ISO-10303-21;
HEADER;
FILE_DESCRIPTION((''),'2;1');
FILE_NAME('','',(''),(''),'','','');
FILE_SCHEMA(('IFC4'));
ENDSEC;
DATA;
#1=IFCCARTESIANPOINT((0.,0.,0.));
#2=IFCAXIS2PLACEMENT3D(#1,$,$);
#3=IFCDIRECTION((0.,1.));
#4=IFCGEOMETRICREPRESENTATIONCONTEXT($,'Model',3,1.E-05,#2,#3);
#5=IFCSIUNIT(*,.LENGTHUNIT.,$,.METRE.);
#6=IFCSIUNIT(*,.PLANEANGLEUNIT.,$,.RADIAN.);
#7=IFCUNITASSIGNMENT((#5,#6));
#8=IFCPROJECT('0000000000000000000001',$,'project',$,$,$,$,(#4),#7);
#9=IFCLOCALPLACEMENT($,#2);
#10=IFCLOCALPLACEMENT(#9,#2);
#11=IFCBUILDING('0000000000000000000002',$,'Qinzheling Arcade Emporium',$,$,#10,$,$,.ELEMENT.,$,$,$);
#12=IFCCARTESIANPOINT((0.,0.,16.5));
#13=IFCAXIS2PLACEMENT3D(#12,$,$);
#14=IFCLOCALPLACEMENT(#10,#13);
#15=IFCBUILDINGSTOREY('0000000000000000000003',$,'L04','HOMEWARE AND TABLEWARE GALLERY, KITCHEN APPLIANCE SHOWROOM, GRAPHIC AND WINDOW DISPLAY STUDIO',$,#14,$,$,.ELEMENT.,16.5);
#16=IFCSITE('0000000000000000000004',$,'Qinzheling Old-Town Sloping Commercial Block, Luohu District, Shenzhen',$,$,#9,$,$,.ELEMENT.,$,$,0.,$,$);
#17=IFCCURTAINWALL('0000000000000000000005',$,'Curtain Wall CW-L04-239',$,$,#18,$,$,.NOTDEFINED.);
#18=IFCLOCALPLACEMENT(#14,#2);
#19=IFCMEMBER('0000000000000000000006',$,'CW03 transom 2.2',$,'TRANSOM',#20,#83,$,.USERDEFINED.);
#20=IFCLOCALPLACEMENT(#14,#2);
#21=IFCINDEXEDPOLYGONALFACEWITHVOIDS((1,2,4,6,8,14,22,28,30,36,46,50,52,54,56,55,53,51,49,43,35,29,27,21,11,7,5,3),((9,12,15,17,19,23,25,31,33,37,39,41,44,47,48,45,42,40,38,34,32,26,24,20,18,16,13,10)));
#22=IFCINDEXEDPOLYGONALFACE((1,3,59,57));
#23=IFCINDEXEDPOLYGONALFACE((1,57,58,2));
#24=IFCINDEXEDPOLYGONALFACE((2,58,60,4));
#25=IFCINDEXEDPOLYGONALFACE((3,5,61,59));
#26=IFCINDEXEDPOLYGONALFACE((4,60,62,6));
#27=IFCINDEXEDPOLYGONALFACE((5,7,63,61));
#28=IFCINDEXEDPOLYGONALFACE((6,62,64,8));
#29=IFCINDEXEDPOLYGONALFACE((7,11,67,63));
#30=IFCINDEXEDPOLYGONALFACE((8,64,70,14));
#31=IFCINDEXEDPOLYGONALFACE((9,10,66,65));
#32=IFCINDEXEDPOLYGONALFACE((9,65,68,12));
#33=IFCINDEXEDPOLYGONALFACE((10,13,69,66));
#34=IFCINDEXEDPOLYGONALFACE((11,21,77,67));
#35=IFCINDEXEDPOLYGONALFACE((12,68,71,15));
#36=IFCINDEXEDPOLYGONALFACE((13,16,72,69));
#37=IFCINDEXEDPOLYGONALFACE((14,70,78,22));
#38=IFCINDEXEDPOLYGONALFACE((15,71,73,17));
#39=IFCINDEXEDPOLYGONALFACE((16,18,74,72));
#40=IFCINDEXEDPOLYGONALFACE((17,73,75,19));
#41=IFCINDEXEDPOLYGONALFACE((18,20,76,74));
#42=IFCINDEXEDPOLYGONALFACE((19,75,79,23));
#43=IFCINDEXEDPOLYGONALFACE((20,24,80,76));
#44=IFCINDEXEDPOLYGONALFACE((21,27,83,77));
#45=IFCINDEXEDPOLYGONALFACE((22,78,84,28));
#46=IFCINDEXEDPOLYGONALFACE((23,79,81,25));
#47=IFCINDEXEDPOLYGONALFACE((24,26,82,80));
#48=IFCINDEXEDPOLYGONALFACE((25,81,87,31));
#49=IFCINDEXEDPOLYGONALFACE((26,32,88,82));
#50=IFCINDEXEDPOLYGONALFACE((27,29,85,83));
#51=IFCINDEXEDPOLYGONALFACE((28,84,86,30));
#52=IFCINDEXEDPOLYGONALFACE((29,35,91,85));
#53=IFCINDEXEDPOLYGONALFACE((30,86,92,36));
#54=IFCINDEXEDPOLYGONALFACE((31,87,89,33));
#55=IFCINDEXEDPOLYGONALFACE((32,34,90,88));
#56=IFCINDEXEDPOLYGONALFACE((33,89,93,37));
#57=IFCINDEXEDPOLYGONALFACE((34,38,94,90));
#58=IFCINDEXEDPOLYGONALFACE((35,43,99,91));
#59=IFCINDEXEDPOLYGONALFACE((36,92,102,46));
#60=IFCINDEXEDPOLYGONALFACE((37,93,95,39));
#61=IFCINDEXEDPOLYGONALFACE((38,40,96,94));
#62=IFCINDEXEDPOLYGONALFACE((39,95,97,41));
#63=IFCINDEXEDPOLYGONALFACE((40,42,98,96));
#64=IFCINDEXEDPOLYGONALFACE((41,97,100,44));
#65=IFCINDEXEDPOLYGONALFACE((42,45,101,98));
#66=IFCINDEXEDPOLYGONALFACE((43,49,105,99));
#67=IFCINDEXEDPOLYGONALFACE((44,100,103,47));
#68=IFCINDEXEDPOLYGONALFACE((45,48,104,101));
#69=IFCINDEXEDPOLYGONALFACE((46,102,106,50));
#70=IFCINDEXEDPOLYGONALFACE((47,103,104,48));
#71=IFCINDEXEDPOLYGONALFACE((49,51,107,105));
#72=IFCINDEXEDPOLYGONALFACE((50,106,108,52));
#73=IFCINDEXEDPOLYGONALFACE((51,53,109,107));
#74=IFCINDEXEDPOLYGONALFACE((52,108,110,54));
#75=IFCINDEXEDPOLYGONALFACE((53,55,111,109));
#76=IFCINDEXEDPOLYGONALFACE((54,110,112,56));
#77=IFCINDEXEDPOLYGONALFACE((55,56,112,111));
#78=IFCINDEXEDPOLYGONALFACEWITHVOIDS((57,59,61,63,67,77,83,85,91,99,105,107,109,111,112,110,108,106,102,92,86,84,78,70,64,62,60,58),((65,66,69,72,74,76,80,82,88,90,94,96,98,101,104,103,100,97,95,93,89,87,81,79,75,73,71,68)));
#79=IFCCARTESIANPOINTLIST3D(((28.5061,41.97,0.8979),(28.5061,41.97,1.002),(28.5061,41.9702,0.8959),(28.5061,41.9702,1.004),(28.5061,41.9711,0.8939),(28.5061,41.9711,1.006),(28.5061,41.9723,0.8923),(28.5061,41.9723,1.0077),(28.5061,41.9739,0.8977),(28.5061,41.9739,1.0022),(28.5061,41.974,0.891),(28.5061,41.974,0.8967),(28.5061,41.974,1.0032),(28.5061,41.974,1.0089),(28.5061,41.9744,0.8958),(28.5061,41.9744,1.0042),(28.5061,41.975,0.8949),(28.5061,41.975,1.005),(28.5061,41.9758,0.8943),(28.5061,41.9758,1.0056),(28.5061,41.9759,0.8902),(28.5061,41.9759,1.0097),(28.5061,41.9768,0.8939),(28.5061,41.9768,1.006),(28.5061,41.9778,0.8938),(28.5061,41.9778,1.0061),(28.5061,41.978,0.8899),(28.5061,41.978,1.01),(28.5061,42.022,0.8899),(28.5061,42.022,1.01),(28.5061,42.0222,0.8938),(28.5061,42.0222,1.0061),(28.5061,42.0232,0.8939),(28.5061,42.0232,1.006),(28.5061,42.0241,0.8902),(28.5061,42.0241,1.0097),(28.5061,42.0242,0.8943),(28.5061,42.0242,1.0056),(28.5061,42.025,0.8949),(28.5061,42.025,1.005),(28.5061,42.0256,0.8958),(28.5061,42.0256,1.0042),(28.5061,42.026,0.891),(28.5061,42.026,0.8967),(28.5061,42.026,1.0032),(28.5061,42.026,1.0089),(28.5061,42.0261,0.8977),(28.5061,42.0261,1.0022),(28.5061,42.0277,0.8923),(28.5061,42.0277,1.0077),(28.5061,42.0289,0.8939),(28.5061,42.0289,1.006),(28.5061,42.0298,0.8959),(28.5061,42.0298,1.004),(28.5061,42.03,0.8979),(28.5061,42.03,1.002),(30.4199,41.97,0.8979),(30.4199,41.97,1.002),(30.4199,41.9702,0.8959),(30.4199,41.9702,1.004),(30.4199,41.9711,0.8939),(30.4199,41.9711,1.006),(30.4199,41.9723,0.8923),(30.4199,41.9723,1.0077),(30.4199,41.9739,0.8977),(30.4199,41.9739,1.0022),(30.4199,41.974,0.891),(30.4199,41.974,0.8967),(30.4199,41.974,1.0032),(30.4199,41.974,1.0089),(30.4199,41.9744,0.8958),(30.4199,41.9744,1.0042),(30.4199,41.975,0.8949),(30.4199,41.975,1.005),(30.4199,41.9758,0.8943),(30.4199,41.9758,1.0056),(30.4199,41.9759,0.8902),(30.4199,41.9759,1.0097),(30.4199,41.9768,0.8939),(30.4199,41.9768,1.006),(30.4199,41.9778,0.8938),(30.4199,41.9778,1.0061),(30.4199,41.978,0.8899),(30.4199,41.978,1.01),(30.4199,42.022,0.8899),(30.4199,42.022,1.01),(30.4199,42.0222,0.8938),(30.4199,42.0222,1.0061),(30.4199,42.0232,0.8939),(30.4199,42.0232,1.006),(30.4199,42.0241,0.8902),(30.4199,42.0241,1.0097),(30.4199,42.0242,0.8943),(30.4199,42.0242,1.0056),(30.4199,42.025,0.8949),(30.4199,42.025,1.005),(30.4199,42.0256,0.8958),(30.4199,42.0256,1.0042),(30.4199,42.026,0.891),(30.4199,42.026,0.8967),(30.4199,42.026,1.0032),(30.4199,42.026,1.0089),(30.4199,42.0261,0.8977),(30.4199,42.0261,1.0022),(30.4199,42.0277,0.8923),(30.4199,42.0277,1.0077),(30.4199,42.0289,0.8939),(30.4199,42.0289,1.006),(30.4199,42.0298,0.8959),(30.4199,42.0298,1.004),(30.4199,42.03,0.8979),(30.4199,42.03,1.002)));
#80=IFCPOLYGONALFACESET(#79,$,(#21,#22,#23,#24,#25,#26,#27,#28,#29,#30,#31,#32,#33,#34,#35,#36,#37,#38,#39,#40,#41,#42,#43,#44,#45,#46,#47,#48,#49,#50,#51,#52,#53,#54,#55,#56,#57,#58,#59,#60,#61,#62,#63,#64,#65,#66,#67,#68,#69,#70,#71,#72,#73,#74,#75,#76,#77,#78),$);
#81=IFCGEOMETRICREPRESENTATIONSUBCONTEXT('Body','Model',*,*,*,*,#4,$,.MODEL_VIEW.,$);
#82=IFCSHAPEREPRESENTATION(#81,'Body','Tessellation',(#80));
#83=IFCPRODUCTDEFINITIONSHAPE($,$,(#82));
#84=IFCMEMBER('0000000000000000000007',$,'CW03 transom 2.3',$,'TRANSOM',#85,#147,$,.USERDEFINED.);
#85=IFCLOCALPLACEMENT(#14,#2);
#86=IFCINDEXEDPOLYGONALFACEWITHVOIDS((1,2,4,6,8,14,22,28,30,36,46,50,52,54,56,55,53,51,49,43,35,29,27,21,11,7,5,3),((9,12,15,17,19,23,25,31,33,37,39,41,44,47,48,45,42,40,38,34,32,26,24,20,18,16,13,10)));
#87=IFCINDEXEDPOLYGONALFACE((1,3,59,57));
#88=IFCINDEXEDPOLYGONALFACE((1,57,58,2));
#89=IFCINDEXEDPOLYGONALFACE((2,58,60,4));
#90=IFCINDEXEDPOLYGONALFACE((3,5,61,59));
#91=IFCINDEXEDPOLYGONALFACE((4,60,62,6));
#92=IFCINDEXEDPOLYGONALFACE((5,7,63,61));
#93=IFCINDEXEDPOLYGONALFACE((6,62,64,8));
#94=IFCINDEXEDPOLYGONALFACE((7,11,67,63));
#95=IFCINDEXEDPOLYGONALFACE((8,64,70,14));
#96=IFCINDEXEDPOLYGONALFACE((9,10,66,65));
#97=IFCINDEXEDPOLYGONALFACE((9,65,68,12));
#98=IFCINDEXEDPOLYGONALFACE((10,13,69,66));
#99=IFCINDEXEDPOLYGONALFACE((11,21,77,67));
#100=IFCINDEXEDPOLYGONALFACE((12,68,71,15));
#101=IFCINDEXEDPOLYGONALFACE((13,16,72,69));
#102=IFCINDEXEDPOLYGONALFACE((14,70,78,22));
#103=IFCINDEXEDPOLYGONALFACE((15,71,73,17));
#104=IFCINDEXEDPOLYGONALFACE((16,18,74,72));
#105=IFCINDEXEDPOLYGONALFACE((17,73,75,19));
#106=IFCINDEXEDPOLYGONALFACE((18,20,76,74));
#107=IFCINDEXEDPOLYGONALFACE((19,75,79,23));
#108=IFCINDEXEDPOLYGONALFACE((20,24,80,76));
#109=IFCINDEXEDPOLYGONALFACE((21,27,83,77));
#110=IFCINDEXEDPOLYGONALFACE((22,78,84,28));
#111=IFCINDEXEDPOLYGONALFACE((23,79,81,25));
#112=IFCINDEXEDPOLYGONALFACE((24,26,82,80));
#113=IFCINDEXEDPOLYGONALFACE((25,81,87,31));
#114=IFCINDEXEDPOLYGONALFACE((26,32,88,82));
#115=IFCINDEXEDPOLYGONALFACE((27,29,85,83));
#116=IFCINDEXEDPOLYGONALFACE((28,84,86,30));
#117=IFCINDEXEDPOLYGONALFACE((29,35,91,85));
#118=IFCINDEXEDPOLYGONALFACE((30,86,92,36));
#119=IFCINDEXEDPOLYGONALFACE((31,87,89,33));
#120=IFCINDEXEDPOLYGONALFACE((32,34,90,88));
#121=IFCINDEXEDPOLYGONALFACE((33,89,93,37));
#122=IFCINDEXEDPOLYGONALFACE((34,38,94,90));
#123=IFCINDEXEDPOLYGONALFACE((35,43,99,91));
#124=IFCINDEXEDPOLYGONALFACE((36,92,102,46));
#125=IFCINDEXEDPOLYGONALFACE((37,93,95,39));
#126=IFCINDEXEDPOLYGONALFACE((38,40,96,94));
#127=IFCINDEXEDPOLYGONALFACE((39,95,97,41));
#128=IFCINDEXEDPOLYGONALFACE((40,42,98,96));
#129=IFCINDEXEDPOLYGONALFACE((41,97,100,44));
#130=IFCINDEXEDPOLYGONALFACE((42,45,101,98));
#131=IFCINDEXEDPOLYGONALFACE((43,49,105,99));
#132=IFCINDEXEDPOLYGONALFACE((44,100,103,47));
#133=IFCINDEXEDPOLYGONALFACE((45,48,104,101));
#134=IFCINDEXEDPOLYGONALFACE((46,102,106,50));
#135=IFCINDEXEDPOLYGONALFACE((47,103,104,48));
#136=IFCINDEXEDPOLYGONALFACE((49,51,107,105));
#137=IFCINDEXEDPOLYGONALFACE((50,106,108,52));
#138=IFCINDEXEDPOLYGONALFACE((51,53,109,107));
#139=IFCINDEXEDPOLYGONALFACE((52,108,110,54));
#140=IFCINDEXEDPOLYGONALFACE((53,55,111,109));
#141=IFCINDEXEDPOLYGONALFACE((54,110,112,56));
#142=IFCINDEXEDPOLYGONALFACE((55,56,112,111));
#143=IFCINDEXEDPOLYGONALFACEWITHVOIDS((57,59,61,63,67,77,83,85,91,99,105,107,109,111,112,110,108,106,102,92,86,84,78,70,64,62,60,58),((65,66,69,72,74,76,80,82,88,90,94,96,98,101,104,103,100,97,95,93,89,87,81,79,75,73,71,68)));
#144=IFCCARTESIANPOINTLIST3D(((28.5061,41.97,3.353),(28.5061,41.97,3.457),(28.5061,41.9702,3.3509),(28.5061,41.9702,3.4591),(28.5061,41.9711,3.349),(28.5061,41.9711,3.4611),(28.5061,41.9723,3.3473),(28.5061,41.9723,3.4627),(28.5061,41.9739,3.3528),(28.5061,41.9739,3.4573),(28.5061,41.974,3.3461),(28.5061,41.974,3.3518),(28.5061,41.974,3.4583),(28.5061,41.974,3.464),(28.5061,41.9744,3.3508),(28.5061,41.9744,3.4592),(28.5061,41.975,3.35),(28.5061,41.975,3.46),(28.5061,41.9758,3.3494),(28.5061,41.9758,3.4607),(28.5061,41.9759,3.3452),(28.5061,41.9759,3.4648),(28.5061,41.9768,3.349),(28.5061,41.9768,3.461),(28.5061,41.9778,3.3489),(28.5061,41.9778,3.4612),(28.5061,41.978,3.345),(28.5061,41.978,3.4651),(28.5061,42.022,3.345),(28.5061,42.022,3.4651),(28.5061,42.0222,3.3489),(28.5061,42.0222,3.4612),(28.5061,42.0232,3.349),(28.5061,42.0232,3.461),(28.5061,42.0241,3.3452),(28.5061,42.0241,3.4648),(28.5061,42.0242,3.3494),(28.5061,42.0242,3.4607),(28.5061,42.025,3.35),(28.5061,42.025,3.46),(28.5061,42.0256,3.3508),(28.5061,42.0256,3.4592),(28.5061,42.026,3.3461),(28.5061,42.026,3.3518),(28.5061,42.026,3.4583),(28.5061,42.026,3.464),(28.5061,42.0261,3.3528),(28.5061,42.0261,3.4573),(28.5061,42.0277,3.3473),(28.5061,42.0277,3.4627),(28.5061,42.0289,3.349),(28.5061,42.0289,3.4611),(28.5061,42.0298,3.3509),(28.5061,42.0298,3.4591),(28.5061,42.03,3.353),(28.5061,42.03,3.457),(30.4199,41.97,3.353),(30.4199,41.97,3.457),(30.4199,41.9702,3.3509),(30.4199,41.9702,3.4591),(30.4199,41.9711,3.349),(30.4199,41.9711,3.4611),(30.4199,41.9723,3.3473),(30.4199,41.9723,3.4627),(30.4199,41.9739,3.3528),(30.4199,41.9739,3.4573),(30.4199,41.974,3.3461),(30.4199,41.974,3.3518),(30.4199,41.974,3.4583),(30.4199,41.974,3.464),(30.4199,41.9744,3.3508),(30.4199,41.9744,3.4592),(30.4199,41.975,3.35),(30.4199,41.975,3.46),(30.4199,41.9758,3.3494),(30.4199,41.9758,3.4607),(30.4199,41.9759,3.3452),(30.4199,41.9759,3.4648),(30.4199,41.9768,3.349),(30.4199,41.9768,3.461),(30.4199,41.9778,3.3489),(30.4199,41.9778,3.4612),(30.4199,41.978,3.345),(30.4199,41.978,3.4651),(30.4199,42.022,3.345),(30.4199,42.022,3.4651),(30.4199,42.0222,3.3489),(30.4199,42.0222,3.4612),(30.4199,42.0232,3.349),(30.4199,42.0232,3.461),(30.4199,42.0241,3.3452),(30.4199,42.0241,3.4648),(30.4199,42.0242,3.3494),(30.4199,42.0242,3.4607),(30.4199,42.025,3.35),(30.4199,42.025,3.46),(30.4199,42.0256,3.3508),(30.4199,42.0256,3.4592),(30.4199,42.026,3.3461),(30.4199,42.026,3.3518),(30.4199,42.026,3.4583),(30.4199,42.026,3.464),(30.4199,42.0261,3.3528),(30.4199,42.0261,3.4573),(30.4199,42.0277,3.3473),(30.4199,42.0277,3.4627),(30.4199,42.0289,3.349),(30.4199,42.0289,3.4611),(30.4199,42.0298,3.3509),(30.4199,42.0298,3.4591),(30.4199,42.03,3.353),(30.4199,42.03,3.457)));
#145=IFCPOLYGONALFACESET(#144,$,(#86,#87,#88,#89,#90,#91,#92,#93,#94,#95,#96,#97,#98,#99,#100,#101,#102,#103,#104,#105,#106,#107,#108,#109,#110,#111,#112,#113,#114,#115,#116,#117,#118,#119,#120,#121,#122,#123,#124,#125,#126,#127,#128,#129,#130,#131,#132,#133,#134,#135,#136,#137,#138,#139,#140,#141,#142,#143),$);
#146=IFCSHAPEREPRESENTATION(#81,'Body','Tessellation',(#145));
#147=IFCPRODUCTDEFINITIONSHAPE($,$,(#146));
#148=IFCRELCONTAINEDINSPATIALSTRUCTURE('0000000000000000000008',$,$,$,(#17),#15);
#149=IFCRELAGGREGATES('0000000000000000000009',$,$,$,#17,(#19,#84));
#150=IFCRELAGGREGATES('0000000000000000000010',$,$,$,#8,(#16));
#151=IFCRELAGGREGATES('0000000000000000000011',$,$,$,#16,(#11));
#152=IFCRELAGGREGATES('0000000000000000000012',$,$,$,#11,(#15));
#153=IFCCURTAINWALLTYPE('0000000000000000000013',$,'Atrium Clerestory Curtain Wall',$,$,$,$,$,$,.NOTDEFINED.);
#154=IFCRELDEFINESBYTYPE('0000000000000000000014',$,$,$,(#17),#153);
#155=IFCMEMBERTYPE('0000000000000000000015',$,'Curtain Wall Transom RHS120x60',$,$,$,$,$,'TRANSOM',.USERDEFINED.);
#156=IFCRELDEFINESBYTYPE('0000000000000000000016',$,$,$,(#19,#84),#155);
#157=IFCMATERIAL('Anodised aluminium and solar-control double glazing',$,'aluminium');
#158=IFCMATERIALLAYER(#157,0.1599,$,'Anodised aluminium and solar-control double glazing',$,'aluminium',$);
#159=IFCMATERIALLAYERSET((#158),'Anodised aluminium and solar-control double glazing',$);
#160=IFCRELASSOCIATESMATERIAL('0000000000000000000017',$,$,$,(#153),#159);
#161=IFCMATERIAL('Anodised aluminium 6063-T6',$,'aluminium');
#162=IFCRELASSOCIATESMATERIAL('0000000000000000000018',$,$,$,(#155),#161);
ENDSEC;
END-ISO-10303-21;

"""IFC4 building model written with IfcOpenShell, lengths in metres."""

from ifc_helpers import new_model, si_unit, direction, frame, origin, origin_2d, place, context, subcontext, project, spatial, hollow_rectangle, extrude, material, layer, layer_set, material_profile, profile_set, type_object, element, aggregate, save


model = new_model("IFC4")

# Units and contexts
model_context = context("Model", 3, precision=1e-05, world=origin(), true_north=direction((0.0, 1.0)))
body_context = subcontext(model_context, "Body", "Model", "MODEL_VIEW")
ifc_project = project(units=[si_unit("LENGTHUNIT", "METRE"), si_unit("PLANEANGLEUNIT", "RADIAN")], contexts=[model_context])

# Site, building, storey
site_placement = place(None, origin())
site = spatial("IfcSite", under=ifc_project, at=site_placement, Name="Qinzheling Old-Town Sloping Commercial Block, Luohu District, Shenzhen", CompositionType="ELEMENT", RefElevation=0.0)
building_placement = place(site_placement, origin())
building = spatial("IfcBuilding", under=site, at=building_placement, Name="Qinzheling Arcade Emporium", CompositionType="ELEMENT")
storey_placement = place(building_placement, frame((0.0, 0.0, 16.5)))
storey = spatial("IfcBuildingStorey", under=building, at=storey_placement, Name="L04", Description="HOMEWARE AND TABLEWARE GALLERY, KITCHEN APPLIANCE SHOWROOM, GRAPHIC AND WINDOW DISPLAY STUDIO", CompositionType="ELEMENT", Elevation=16.5)

# Curtain wall, members
ifc_material_1 = material(Name="Anodised aluminium and solar-control double glazing", Category="aluminium")
ifc_layer_1 = layer(ifc_material_1, 0.1599, Name="Anodised aluminium and solar-control double glazing", Category="aluminium")
ifc_layer_set_1 = layer_set([ifc_layer_1], Name="Anodised aluminium and solar-control double glazing")
curtain_wall_type = type_object("IfcCurtainWallType", Name="Atrium Clerestory Curtain Wall", PredefinedType="NOTDEFINED", material=ifc_layer_set_1)
curtain_wall_placement = place(storey_placement, origin())
curtain_wall = element("IfcCurtainWall", 1, at=curtain_wall_placement, inside=storey, type_object=curtain_wall_type, Name="Curtain Wall CW-L04-239", PredefinedType="NOTDEFINED")
ifc_material_2 = material(Name="Anodised aluminium 6063-T6", Category="aluminium")
ifc_material_profile_1 = material_profile(ifc_material_2, hollow_rectangle(XDim=0.0601, YDim=0.1201, WallThickness=0.0039, InnerFilletRadius=0.0039, OuterFilletRadius=0.0081, at=origin_2d()), Name="RHS 120x60x4", Category="aluminium")
ifc_profile_set_1 = profile_set([ifc_material_profile_1], Name="Anodised aluminium 6063-T6")
member_type_1 = type_object("IfcMemberType", Name="Curtain Wall Transom RHS120x60", ElementType="TRANSOM", PredefinedType="USERDEFINED", material=ifc_profile_set_1)
member_1_placement = place(storey_placement, frame((28.5061, 42.0, 0.95), z_axis=(1.0, 0.0, 0.0), x_axis=(0.0, 1.0, 0.0)))
member_1 = element("IfcMember", 2, at=member_1_placement, type_object=member_type_1, Name="CW03 transom 2.2", ObjectType="TRANSOM", PredefinedType="USERDEFINED", context=body_context, shape_type="SweptSolid", body=[
    extrude(hollow_rectangle(XDim=0.0601, YDim=0.1201, WallThickness=0.0039, InnerFilletRadius=0.0039, OuterFilletRadius=0.0081, at=origin_2d()), origin(), (0.0, 0.0, 1.0), 1.9138),
])
member_2_placement = place(storey_placement, frame((28.5061, 42.0, 3.405), z_axis=(1.0, 0.0, 0.0), x_axis=(0.0, 1.0, 0.0)))
member_2 = element("IfcMember", 3, at=member_2_placement, type_object=member_type_1, Name="CW03 transom 2.3", ObjectType="TRANSOM", PredefinedType="USERDEFINED", context=body_context, shape_type="SweptSolid", body=[
    extrude(hollow_rectangle(XDim=0.0601, YDim=0.1201, WallThickness=0.0039, InnerFilletRadius=0.0039, OuterFilletRadius=0.0081, at=origin_2d()), origin(), (0.0, 0.0, 1.0), 1.9138),
])

aggregate(curtain_wall, [member_1, member_2])

save(model, "model.ifc")
